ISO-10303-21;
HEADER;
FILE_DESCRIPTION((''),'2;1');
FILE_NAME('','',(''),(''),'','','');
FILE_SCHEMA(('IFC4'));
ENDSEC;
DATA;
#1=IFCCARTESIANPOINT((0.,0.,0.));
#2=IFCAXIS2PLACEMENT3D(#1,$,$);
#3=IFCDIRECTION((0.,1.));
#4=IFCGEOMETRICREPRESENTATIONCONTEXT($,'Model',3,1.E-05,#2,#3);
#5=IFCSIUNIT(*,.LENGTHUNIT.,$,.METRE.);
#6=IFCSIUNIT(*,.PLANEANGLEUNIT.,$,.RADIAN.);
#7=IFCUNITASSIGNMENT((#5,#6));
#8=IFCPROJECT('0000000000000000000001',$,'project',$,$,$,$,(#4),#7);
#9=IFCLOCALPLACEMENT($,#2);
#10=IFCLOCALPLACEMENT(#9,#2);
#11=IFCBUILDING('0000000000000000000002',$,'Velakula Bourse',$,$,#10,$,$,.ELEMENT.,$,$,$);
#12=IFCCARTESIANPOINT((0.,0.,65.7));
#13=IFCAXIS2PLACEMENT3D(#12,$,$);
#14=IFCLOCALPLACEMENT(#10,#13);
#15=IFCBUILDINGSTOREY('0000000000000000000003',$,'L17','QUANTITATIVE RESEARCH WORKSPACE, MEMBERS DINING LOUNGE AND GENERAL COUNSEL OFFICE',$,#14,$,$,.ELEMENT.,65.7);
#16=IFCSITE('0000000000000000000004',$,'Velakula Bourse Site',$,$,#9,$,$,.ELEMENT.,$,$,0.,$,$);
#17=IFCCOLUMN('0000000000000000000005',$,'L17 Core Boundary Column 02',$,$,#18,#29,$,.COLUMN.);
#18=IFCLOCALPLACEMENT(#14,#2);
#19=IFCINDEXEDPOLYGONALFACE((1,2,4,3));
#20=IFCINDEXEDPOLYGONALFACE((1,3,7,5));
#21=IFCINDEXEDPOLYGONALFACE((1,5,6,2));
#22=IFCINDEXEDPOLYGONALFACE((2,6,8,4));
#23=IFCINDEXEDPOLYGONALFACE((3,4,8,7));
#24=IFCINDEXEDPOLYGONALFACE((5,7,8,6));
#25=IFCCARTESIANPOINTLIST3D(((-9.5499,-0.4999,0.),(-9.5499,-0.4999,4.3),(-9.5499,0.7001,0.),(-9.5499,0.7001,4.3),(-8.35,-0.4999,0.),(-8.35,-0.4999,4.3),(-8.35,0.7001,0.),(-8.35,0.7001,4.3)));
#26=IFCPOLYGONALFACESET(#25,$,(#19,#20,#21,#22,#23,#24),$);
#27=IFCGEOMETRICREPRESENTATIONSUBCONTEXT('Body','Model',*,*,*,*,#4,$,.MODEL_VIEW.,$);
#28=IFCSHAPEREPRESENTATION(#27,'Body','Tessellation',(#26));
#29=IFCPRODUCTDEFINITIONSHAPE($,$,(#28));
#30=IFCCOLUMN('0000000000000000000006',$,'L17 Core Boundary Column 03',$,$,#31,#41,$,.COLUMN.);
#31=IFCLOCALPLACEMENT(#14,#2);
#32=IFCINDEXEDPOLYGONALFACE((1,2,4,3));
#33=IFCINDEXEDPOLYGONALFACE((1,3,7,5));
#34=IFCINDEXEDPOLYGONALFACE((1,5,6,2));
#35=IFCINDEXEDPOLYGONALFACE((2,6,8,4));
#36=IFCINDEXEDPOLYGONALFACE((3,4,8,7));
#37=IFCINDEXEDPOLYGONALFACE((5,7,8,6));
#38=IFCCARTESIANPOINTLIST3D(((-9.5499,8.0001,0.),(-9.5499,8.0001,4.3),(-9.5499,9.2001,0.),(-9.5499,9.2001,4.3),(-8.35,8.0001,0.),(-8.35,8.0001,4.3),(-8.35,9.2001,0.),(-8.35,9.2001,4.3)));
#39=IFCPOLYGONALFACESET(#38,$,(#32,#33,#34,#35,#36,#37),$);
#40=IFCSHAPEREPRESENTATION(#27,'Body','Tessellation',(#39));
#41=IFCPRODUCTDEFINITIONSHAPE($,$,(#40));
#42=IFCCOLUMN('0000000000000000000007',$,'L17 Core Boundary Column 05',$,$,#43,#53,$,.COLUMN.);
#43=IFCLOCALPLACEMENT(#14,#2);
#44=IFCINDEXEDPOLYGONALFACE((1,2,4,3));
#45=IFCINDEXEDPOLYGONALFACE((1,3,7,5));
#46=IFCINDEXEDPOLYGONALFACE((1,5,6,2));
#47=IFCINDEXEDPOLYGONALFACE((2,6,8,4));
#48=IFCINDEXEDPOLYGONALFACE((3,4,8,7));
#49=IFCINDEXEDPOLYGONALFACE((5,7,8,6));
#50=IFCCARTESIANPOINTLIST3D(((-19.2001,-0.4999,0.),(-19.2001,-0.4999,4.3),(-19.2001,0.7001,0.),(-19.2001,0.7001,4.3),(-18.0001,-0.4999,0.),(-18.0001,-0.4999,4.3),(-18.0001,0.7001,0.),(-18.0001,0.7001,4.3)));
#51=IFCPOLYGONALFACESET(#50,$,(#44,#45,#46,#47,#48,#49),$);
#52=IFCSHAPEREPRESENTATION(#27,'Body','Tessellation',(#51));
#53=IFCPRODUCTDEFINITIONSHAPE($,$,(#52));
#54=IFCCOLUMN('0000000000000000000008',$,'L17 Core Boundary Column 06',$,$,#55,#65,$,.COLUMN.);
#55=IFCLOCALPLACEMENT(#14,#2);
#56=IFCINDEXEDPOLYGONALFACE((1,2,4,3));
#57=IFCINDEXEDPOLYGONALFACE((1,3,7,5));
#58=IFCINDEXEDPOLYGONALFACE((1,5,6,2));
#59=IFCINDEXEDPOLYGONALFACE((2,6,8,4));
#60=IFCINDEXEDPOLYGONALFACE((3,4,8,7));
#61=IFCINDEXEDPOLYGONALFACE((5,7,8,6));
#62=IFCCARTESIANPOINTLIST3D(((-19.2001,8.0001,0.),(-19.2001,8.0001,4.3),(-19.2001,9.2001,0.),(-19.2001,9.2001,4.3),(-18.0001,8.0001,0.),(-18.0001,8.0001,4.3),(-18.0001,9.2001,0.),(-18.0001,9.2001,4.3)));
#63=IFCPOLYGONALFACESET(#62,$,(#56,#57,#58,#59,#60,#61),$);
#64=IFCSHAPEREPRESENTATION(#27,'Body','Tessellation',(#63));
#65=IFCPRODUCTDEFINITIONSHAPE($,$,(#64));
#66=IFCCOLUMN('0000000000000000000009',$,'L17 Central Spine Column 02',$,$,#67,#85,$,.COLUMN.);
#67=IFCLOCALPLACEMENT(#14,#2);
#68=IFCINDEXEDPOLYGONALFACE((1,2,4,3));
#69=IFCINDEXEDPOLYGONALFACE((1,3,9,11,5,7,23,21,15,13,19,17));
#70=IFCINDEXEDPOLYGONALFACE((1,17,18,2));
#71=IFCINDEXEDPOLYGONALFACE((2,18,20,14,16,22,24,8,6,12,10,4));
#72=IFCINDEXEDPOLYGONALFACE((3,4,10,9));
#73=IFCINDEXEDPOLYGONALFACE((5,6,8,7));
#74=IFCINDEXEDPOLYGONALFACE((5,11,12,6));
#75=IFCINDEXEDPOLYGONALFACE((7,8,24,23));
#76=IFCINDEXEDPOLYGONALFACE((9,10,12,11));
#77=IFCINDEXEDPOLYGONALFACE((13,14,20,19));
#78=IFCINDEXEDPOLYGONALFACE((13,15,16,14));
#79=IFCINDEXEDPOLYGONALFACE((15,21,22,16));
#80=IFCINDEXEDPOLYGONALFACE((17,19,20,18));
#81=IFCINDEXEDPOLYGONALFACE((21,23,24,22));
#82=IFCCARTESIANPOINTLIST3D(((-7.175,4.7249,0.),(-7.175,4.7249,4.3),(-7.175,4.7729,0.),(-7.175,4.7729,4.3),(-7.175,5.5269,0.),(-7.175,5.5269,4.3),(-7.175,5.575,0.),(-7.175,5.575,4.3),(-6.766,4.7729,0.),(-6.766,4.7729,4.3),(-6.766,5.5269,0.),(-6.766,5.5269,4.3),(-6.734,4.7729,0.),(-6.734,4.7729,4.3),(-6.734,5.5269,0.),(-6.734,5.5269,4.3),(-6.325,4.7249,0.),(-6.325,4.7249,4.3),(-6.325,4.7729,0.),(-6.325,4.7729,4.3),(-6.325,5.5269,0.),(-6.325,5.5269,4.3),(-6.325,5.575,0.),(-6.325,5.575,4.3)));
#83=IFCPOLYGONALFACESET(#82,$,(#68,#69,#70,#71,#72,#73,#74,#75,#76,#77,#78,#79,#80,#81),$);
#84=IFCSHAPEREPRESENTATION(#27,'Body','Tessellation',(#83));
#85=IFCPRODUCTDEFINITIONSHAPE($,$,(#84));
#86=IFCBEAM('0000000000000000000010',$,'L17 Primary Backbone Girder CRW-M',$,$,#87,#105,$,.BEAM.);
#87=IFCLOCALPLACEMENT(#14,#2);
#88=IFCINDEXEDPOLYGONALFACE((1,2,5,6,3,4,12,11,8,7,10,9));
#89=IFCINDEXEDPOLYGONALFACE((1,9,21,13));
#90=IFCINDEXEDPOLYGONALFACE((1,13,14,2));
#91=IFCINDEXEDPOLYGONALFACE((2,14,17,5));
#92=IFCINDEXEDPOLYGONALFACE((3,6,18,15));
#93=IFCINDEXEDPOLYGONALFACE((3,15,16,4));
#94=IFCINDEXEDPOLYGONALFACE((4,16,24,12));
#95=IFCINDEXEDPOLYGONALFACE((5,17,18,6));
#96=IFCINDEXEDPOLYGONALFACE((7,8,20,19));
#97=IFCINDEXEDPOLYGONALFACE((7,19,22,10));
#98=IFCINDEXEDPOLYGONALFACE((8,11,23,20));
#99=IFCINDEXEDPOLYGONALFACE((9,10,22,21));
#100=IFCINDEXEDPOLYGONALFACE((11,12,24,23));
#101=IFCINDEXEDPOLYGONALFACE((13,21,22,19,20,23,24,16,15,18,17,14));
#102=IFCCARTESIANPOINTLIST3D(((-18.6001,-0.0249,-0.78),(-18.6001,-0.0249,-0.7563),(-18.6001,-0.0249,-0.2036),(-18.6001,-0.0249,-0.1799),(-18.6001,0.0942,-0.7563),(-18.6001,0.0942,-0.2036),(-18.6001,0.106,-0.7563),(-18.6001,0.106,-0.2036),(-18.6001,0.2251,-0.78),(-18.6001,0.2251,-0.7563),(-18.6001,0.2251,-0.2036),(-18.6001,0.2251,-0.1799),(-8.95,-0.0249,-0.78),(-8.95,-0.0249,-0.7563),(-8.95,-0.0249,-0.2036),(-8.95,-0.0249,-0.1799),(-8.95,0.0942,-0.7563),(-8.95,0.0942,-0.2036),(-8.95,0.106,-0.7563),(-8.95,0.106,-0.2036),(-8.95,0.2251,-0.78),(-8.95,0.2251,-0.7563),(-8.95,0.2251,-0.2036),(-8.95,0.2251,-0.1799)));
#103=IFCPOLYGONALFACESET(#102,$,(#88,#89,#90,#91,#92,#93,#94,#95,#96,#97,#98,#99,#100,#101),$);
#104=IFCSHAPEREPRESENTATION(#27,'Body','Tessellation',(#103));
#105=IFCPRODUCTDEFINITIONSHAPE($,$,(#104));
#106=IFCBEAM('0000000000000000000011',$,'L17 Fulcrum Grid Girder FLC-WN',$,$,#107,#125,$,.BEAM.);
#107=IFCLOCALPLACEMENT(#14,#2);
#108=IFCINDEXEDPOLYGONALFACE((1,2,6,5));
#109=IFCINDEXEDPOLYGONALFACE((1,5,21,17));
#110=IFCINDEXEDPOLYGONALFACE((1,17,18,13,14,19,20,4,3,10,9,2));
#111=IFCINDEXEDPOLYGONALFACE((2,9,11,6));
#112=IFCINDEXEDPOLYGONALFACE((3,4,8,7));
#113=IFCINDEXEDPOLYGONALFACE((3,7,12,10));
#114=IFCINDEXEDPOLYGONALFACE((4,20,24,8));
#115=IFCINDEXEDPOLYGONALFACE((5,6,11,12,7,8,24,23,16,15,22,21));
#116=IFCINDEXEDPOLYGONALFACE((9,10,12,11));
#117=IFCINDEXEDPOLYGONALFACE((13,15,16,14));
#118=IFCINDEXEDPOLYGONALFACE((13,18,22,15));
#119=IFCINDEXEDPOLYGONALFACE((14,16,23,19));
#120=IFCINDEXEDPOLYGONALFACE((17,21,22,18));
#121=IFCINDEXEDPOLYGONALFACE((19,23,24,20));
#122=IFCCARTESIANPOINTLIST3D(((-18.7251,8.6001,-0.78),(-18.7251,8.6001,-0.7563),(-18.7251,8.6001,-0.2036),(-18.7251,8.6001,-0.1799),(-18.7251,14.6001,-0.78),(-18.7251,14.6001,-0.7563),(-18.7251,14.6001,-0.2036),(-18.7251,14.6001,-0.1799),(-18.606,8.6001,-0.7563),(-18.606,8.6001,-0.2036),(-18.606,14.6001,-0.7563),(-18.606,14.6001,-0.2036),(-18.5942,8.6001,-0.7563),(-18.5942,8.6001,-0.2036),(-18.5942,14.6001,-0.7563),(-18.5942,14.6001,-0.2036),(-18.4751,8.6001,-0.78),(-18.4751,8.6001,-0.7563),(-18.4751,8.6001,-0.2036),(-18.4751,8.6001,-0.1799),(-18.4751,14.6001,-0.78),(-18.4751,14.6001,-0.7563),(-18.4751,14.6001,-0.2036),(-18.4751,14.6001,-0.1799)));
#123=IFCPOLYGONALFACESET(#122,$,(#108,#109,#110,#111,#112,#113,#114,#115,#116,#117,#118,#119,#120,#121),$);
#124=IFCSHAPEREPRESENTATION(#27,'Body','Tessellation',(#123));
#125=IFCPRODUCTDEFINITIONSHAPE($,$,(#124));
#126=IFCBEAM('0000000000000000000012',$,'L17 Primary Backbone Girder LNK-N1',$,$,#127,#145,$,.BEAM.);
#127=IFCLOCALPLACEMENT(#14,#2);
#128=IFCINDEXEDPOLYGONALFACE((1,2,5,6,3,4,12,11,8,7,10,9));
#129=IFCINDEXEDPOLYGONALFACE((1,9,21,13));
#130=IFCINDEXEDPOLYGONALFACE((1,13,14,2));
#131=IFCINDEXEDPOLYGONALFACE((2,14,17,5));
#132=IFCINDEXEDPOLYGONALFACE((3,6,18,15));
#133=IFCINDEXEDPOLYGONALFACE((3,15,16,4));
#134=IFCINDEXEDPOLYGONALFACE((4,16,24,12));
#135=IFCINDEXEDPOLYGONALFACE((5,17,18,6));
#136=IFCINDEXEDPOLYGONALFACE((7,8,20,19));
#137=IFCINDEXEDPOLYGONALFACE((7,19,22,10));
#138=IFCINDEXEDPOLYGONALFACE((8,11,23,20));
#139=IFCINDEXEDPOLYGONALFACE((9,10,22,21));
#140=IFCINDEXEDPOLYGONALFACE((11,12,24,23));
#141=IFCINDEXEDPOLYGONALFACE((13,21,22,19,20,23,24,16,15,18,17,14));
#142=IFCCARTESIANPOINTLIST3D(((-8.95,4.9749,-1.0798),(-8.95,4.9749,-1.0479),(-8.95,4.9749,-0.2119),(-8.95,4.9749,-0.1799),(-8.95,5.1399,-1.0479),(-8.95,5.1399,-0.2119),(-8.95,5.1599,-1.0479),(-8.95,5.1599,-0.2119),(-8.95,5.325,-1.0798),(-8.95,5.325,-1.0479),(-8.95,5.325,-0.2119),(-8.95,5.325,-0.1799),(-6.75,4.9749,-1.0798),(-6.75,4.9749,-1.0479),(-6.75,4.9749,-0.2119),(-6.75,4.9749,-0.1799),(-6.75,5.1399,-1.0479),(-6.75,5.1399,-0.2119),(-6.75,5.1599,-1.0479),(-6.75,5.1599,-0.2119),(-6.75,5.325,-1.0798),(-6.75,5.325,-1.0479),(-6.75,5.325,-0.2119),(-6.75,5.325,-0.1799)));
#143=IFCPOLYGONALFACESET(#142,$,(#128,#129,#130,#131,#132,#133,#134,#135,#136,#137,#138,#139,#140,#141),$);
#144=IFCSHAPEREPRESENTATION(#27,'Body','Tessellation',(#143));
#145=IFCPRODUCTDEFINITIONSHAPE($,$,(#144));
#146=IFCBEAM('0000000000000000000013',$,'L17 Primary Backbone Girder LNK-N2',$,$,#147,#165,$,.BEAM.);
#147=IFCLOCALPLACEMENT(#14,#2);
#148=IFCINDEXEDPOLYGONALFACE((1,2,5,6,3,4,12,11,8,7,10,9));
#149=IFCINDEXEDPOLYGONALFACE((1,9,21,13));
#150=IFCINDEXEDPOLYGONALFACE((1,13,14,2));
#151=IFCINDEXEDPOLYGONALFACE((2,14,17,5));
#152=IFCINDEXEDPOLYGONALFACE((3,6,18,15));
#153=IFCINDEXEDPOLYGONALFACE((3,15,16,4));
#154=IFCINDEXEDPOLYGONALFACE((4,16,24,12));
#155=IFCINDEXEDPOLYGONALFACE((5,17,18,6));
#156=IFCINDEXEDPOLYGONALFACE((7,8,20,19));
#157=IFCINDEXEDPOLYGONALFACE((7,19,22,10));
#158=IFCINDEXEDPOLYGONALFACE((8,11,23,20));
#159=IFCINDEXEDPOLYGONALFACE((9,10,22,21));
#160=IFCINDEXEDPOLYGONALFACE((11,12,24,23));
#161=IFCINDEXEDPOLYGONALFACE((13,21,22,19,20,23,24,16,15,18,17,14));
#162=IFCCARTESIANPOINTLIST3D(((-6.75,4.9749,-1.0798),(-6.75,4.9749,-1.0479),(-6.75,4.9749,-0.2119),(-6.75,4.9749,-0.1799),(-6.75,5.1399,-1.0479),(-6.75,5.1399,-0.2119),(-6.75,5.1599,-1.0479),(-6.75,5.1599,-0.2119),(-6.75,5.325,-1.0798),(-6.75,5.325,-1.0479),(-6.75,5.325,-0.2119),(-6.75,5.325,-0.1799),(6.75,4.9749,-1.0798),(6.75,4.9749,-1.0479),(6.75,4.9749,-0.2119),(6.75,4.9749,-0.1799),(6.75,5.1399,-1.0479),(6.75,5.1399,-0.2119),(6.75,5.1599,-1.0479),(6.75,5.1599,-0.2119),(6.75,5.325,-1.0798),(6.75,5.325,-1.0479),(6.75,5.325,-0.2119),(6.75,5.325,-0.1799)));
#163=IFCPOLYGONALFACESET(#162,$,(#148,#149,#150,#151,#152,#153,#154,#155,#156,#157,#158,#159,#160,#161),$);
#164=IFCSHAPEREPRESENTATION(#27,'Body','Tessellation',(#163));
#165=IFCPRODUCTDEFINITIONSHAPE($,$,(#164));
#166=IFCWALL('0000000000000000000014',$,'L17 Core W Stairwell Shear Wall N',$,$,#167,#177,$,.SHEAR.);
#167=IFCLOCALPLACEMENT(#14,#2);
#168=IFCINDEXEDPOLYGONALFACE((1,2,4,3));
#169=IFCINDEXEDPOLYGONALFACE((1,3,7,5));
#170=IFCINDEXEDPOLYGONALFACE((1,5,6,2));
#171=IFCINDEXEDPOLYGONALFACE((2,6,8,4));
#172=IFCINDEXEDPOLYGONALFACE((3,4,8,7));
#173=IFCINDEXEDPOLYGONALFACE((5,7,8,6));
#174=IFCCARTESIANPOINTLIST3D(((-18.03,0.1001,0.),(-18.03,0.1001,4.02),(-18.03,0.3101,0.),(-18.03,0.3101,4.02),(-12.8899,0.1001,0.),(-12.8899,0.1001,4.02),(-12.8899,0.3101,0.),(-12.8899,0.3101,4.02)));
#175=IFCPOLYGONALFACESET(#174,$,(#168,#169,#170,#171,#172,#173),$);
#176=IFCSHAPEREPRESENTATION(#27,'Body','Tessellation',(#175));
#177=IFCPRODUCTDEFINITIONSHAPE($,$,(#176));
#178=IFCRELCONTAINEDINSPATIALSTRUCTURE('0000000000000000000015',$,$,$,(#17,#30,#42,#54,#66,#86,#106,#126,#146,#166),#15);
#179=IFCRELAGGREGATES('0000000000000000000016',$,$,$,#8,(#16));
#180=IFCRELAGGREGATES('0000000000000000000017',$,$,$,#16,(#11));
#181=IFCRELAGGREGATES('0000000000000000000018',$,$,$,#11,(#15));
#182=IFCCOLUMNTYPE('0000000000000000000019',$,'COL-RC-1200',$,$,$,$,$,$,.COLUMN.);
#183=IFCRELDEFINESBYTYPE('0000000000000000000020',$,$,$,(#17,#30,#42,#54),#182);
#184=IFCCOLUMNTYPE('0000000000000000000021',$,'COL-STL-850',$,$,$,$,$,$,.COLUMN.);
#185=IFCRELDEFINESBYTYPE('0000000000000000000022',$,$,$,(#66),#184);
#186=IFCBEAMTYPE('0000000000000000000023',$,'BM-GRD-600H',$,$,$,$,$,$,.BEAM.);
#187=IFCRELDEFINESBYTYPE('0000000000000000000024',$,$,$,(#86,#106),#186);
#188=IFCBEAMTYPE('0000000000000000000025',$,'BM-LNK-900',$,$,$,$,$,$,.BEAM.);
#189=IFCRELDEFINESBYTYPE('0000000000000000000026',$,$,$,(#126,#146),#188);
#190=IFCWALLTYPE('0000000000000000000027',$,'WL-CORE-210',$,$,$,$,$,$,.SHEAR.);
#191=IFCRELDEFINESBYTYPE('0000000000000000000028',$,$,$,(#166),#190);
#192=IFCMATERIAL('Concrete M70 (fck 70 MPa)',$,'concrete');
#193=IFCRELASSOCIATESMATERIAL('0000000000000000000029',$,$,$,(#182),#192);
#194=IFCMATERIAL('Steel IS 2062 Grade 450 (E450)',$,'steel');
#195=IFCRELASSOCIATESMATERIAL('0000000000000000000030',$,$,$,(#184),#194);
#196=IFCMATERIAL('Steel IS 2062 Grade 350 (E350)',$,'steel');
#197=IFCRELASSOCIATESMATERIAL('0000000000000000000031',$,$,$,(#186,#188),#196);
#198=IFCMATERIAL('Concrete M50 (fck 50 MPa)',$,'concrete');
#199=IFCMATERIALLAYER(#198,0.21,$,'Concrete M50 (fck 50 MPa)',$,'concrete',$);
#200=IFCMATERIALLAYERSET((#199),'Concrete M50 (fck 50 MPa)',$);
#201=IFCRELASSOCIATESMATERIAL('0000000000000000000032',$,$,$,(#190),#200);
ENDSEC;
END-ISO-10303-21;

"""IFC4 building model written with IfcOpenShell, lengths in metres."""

from ifc_helpers import new_model, si_unit, direction, frame, frame_2d, origin, origin_2d, place, context, subcontext, project, spatial, rectangle, i_section, extrude, material, layer, layer_set, material_profile, profile_set, type_object, element, save


model = new_model("IFC4")

# Units and contexts
model_context = context("Model", 3, precision=1e-05, world=origin(), true_north=direction((0.0, 1.0)))
body_context = subcontext(model_context, "Body", "Model", "MODEL_VIEW")
ifc_project = project(units=[si_unit("LENGTHUNIT", "METRE"), si_unit("PLANEANGLEUNIT", "RADIAN")], contexts=[model_context])

# Site, building, storey
site_placement = place(None, origin())
site = spatial("IfcSite", under=ifc_project, at=site_placement, Name="Velakula Bourse Site", CompositionType="ELEMENT", RefElevation=0.0)
building_placement = place(site_placement, origin())
building = spatial("IfcBuilding", under=site, at=building_placement, Name="Velakula Bourse", CompositionType="ELEMENT")
storey_placement = place(building_placement, frame((0.0, 0.0, 65.7)))
storey = spatial("IfcBuildingStorey", under=building, at=storey_placement, Name="L17", Description="QUANTITATIVE RESEARCH WORKSPACE, MEMBERS DINING LOUNGE AND GENERAL COUNSEL OFFICE", CompositionType="ELEMENT", Elevation=65.7)

# Columns
ifc_material_1 = material(Name="Concrete M70 (fck 70 MPa)", Category="concrete")
ifc_material_profile_1 = material_profile(ifc_material_1, rectangle(XDim=1.2, YDim=1.2, at=origin_2d()), Name="Concrete M70 (fck 70 MPa)")
ifc_profile_set_1 = profile_set([ifc_material_profile_1], Name="Concrete M70 (fck 70 MPa)")
column_type_1 = type_object("IfcColumnType", Name="COL-RC-1200", PredefinedType="COLUMN", material=ifc_profile_set_1)
for number, where, z_axis, x_axis, name in (
    (1, (-8.95, 0.1001, 0.0), (0.0, 0.0, 1.0), (1.0, 0.0, 0.0), "L17 Core Boundary Column 02"),
    (2, (-8.95, 8.6001, 0.0), (0.0, 0.0, 1.0), (1.0, 0.0, 0.0), "L17 Core Boundary Column 03"),
    (3, (-18.6001, 0.1001, 0.0), (0.0, 0.0, 1.0), (1.0, 0.0, 0.0), "L17 Core Boundary Column 05"),
    (4, (-18.6001, 8.6001, 0.0), (0.0, 0.0, 1.0), (1.0, 0.0, 0.0), "L17 Core Boundary Column 06"),
):
    element("IfcColumn", number, at=place(storey_placement, frame(where, z_axis=z_axis, x_axis=x_axis)), inside=storey, type_object=column_type_1, Name=name, PredefinedType="COLUMN", context=body_context, shape_type="SweptSolid", body=[
        extrude(rectangle(XDim=1.2, YDim=1.2, at=origin_2d()), origin(), (0.0, 0.0, 1.0), 4.3),
    ])
ifc_material_2 = material(Name="Steel IS 2062 Grade 450 (E450)", Category="steel")
ifc_material_profile_2 = material_profile(ifc_material_2, i_section(OverallWidth=0.8501, OverallDepth=0.8501, WebThickness=0.032, FlangeThickness=0.0481, at=origin_2d()), Name="Steel IS 2062 Grade 450 (E450)")
ifc_profile_set_2 = profile_set([ifc_material_profile_2], Name="Steel IS 2062 Grade 450 (E450)")
column_type_2 = type_object("IfcColumnType", Name="COL-STL-850", PredefinedType="COLUMN", material=ifc_profile_set_2)
column_placement = place(storey_placement, frame((-6.75, 5.1499, 0.0), z_axis=(0.0, 0.0, 1.0), x_axis=(1.0, 0.0, 0.0)))
element("IfcColumn", 5, at=column_placement, inside=storey, type_object=column_type_2, Name="L17 Central Spine Column 02", PredefinedType="COLUMN", context=body_context, shape_type="SweptSolid", body=[
    extrude(i_section(OverallWidth=0.8501, OverallDepth=0.8501, WebThickness=0.032, FlangeThickness=0.0481, at=origin_2d()), origin(), (0.0, 0.0, 1.0), 4.3),
])

# Beams
ifc_material_3 = material(Name="Steel IS 2062 Grade 350 (E350)", Category="steel")
ifc_material_profile_3 = material_profile(ifc_material_3, i_section(OverallWidth=0.25, OverallDepth=0.6001, WebThickness=0.0117, FlangeThickness=0.0237, at=origin_2d()), Name="Steel IS 2062 Grade 350 (E350)")
ifc_profile_set_3 = profile_set([ifc_material_profile_3], Name="Steel IS 2062 Grade 350 (E350)")
beam_type_1 = type_object("IfcBeamType", Name="BM-GRD-600H", PredefinedType="BEAM", material=ifc_profile_set_3)
beam_1_placement = place(storey_placement, frame((-18.6001, 0.1001, -0.48), z_axis=(1.0, 0.0, 0.0), x_axis=(0.0, 1.0, 0.0)))
element("IfcBeam", 6, at=beam_1_placement, inside=storey, type_object=beam_type_1, Name="L17 Primary Backbone Girder CRW-M", PredefinedType="BEAM", context=body_context, shape_type="SweptSolid", body=[
    extrude(i_section(OverallWidth=0.25, OverallDepth=0.6001, WebThickness=0.0117, FlangeThickness=0.0237, at=origin_2d()), origin(), (0.0, 0.0, 1.0), 9.6501),
])
beam_2_placement = place(storey_placement, frame((-18.6001, 8.6001, -0.48), z_axis=(0.0, 1.0, 0.0), x_axis=(-1.0, 0.0, 0.0)))
element("IfcBeam", 7, at=beam_2_placement, inside=storey, type_object=beam_type_1, Name="L17 Fulcrum Grid Girder FLC-WN", PredefinedType="BEAM", context=body_context, shape_type="SweptSolid", body=[
    extrude(i_section(OverallWidth=0.25, OverallDepth=0.6001, WebThickness=0.0117, FlangeThickness=0.0237, at=origin_2d()), origin(), (0.0, 0.0, 1.0), 6.0),
])
ifc_material_profile_4 = material_profile(ifc_material_3, i_section(OverallWidth=0.3501, OverallDepth=0.8999, WebThickness=0.02, FlangeThickness=0.032, at=origin_2d()), Name="Steel IS 2062 Grade 350 (E350)")
ifc_profile_set_4 = profile_set([ifc_material_profile_4], Name="Steel IS 2062 Grade 350 (E350)")
beam_type_2 = type_object("IfcBeamType", Name="BM-LNK-900", PredefinedType="BEAM", material=ifc_profile_set_4)
beam_3_placement = place(storey_placement, frame((-8.95, 5.1499, -0.6299), z_axis=(1.0, 0.0, 0.0), x_axis=(0.0, 1.0, 0.0)))
element("IfcBeam", 8, at=beam_3_placement, inside=storey, type_object=beam_type_2, Name="L17 Primary Backbone Girder LNK-N1", PredefinedType="BEAM", context=body_context, shape_type="SweptSolid", body=[
    extrude(i_section(OverallWidth=0.3501, OverallDepth=0.8999, WebThickness=0.02, FlangeThickness=0.032, at=origin_2d()), origin(), (0.0, 0.0, 1.0), 2.2),
])
beam_4_placement = place(storey_placement, frame((-6.75, 5.1499, -0.6299), z_axis=(1.0, 0.0, 0.0), x_axis=(0.0, 1.0, 0.0)))
element("IfcBeam", 9, at=beam_4_placement, inside=storey, type_object=beam_type_2, Name="L17 Primary Backbone Girder LNK-N2", PredefinedType="BEAM", context=body_context, shape_type="SweptSolid", body=[
    extrude(i_section(OverallWidth=0.3501, OverallDepth=0.8999, WebThickness=0.02, FlangeThickness=0.032, at=origin_2d()), origin(), (0.0, 0.0, 1.0), 13.5),
])

# Wall
ifc_material_4 = material(Name="Concrete M50 (fck 50 MPa)", Category="concrete")
ifc_layer_1 = layer(ifc_material_4, 0.21, Name="Concrete M50 (fck 50 MPa)", Category="concrete")
ifc_layer_set_1 = layer_set([ifc_layer_1], Name="Concrete M50 (fck 50 MPa)")
wall_type_1 = type_object("IfcWallType", Name="WL-CORE-210", PredefinedType="SHEAR", material=ifc_layer_set_1)
wall_1_placement = place(storey_placement, frame((-12.8899, 0.2051, 0.0), z_axis=(0.0, 0.0, 1.0), x_axis=(-1.0, 0.0, 0.0)))
element("IfcWall", 10, at=wall_1_placement, inside=storey, type_object=wall_type_1, Name="L17 Core W Stairwell Shear Wall N", PredefinedType="SHEAR", context=body_context, shape_type="SweptSolid", body=[
    extrude(rectangle(XDim=5.1401, YDim=0.21, at=frame_2d((2.5701, 0.0))), origin(), (0.0, 0.0, 1.0), 4.02),
])

save(model, "model.ifc")
